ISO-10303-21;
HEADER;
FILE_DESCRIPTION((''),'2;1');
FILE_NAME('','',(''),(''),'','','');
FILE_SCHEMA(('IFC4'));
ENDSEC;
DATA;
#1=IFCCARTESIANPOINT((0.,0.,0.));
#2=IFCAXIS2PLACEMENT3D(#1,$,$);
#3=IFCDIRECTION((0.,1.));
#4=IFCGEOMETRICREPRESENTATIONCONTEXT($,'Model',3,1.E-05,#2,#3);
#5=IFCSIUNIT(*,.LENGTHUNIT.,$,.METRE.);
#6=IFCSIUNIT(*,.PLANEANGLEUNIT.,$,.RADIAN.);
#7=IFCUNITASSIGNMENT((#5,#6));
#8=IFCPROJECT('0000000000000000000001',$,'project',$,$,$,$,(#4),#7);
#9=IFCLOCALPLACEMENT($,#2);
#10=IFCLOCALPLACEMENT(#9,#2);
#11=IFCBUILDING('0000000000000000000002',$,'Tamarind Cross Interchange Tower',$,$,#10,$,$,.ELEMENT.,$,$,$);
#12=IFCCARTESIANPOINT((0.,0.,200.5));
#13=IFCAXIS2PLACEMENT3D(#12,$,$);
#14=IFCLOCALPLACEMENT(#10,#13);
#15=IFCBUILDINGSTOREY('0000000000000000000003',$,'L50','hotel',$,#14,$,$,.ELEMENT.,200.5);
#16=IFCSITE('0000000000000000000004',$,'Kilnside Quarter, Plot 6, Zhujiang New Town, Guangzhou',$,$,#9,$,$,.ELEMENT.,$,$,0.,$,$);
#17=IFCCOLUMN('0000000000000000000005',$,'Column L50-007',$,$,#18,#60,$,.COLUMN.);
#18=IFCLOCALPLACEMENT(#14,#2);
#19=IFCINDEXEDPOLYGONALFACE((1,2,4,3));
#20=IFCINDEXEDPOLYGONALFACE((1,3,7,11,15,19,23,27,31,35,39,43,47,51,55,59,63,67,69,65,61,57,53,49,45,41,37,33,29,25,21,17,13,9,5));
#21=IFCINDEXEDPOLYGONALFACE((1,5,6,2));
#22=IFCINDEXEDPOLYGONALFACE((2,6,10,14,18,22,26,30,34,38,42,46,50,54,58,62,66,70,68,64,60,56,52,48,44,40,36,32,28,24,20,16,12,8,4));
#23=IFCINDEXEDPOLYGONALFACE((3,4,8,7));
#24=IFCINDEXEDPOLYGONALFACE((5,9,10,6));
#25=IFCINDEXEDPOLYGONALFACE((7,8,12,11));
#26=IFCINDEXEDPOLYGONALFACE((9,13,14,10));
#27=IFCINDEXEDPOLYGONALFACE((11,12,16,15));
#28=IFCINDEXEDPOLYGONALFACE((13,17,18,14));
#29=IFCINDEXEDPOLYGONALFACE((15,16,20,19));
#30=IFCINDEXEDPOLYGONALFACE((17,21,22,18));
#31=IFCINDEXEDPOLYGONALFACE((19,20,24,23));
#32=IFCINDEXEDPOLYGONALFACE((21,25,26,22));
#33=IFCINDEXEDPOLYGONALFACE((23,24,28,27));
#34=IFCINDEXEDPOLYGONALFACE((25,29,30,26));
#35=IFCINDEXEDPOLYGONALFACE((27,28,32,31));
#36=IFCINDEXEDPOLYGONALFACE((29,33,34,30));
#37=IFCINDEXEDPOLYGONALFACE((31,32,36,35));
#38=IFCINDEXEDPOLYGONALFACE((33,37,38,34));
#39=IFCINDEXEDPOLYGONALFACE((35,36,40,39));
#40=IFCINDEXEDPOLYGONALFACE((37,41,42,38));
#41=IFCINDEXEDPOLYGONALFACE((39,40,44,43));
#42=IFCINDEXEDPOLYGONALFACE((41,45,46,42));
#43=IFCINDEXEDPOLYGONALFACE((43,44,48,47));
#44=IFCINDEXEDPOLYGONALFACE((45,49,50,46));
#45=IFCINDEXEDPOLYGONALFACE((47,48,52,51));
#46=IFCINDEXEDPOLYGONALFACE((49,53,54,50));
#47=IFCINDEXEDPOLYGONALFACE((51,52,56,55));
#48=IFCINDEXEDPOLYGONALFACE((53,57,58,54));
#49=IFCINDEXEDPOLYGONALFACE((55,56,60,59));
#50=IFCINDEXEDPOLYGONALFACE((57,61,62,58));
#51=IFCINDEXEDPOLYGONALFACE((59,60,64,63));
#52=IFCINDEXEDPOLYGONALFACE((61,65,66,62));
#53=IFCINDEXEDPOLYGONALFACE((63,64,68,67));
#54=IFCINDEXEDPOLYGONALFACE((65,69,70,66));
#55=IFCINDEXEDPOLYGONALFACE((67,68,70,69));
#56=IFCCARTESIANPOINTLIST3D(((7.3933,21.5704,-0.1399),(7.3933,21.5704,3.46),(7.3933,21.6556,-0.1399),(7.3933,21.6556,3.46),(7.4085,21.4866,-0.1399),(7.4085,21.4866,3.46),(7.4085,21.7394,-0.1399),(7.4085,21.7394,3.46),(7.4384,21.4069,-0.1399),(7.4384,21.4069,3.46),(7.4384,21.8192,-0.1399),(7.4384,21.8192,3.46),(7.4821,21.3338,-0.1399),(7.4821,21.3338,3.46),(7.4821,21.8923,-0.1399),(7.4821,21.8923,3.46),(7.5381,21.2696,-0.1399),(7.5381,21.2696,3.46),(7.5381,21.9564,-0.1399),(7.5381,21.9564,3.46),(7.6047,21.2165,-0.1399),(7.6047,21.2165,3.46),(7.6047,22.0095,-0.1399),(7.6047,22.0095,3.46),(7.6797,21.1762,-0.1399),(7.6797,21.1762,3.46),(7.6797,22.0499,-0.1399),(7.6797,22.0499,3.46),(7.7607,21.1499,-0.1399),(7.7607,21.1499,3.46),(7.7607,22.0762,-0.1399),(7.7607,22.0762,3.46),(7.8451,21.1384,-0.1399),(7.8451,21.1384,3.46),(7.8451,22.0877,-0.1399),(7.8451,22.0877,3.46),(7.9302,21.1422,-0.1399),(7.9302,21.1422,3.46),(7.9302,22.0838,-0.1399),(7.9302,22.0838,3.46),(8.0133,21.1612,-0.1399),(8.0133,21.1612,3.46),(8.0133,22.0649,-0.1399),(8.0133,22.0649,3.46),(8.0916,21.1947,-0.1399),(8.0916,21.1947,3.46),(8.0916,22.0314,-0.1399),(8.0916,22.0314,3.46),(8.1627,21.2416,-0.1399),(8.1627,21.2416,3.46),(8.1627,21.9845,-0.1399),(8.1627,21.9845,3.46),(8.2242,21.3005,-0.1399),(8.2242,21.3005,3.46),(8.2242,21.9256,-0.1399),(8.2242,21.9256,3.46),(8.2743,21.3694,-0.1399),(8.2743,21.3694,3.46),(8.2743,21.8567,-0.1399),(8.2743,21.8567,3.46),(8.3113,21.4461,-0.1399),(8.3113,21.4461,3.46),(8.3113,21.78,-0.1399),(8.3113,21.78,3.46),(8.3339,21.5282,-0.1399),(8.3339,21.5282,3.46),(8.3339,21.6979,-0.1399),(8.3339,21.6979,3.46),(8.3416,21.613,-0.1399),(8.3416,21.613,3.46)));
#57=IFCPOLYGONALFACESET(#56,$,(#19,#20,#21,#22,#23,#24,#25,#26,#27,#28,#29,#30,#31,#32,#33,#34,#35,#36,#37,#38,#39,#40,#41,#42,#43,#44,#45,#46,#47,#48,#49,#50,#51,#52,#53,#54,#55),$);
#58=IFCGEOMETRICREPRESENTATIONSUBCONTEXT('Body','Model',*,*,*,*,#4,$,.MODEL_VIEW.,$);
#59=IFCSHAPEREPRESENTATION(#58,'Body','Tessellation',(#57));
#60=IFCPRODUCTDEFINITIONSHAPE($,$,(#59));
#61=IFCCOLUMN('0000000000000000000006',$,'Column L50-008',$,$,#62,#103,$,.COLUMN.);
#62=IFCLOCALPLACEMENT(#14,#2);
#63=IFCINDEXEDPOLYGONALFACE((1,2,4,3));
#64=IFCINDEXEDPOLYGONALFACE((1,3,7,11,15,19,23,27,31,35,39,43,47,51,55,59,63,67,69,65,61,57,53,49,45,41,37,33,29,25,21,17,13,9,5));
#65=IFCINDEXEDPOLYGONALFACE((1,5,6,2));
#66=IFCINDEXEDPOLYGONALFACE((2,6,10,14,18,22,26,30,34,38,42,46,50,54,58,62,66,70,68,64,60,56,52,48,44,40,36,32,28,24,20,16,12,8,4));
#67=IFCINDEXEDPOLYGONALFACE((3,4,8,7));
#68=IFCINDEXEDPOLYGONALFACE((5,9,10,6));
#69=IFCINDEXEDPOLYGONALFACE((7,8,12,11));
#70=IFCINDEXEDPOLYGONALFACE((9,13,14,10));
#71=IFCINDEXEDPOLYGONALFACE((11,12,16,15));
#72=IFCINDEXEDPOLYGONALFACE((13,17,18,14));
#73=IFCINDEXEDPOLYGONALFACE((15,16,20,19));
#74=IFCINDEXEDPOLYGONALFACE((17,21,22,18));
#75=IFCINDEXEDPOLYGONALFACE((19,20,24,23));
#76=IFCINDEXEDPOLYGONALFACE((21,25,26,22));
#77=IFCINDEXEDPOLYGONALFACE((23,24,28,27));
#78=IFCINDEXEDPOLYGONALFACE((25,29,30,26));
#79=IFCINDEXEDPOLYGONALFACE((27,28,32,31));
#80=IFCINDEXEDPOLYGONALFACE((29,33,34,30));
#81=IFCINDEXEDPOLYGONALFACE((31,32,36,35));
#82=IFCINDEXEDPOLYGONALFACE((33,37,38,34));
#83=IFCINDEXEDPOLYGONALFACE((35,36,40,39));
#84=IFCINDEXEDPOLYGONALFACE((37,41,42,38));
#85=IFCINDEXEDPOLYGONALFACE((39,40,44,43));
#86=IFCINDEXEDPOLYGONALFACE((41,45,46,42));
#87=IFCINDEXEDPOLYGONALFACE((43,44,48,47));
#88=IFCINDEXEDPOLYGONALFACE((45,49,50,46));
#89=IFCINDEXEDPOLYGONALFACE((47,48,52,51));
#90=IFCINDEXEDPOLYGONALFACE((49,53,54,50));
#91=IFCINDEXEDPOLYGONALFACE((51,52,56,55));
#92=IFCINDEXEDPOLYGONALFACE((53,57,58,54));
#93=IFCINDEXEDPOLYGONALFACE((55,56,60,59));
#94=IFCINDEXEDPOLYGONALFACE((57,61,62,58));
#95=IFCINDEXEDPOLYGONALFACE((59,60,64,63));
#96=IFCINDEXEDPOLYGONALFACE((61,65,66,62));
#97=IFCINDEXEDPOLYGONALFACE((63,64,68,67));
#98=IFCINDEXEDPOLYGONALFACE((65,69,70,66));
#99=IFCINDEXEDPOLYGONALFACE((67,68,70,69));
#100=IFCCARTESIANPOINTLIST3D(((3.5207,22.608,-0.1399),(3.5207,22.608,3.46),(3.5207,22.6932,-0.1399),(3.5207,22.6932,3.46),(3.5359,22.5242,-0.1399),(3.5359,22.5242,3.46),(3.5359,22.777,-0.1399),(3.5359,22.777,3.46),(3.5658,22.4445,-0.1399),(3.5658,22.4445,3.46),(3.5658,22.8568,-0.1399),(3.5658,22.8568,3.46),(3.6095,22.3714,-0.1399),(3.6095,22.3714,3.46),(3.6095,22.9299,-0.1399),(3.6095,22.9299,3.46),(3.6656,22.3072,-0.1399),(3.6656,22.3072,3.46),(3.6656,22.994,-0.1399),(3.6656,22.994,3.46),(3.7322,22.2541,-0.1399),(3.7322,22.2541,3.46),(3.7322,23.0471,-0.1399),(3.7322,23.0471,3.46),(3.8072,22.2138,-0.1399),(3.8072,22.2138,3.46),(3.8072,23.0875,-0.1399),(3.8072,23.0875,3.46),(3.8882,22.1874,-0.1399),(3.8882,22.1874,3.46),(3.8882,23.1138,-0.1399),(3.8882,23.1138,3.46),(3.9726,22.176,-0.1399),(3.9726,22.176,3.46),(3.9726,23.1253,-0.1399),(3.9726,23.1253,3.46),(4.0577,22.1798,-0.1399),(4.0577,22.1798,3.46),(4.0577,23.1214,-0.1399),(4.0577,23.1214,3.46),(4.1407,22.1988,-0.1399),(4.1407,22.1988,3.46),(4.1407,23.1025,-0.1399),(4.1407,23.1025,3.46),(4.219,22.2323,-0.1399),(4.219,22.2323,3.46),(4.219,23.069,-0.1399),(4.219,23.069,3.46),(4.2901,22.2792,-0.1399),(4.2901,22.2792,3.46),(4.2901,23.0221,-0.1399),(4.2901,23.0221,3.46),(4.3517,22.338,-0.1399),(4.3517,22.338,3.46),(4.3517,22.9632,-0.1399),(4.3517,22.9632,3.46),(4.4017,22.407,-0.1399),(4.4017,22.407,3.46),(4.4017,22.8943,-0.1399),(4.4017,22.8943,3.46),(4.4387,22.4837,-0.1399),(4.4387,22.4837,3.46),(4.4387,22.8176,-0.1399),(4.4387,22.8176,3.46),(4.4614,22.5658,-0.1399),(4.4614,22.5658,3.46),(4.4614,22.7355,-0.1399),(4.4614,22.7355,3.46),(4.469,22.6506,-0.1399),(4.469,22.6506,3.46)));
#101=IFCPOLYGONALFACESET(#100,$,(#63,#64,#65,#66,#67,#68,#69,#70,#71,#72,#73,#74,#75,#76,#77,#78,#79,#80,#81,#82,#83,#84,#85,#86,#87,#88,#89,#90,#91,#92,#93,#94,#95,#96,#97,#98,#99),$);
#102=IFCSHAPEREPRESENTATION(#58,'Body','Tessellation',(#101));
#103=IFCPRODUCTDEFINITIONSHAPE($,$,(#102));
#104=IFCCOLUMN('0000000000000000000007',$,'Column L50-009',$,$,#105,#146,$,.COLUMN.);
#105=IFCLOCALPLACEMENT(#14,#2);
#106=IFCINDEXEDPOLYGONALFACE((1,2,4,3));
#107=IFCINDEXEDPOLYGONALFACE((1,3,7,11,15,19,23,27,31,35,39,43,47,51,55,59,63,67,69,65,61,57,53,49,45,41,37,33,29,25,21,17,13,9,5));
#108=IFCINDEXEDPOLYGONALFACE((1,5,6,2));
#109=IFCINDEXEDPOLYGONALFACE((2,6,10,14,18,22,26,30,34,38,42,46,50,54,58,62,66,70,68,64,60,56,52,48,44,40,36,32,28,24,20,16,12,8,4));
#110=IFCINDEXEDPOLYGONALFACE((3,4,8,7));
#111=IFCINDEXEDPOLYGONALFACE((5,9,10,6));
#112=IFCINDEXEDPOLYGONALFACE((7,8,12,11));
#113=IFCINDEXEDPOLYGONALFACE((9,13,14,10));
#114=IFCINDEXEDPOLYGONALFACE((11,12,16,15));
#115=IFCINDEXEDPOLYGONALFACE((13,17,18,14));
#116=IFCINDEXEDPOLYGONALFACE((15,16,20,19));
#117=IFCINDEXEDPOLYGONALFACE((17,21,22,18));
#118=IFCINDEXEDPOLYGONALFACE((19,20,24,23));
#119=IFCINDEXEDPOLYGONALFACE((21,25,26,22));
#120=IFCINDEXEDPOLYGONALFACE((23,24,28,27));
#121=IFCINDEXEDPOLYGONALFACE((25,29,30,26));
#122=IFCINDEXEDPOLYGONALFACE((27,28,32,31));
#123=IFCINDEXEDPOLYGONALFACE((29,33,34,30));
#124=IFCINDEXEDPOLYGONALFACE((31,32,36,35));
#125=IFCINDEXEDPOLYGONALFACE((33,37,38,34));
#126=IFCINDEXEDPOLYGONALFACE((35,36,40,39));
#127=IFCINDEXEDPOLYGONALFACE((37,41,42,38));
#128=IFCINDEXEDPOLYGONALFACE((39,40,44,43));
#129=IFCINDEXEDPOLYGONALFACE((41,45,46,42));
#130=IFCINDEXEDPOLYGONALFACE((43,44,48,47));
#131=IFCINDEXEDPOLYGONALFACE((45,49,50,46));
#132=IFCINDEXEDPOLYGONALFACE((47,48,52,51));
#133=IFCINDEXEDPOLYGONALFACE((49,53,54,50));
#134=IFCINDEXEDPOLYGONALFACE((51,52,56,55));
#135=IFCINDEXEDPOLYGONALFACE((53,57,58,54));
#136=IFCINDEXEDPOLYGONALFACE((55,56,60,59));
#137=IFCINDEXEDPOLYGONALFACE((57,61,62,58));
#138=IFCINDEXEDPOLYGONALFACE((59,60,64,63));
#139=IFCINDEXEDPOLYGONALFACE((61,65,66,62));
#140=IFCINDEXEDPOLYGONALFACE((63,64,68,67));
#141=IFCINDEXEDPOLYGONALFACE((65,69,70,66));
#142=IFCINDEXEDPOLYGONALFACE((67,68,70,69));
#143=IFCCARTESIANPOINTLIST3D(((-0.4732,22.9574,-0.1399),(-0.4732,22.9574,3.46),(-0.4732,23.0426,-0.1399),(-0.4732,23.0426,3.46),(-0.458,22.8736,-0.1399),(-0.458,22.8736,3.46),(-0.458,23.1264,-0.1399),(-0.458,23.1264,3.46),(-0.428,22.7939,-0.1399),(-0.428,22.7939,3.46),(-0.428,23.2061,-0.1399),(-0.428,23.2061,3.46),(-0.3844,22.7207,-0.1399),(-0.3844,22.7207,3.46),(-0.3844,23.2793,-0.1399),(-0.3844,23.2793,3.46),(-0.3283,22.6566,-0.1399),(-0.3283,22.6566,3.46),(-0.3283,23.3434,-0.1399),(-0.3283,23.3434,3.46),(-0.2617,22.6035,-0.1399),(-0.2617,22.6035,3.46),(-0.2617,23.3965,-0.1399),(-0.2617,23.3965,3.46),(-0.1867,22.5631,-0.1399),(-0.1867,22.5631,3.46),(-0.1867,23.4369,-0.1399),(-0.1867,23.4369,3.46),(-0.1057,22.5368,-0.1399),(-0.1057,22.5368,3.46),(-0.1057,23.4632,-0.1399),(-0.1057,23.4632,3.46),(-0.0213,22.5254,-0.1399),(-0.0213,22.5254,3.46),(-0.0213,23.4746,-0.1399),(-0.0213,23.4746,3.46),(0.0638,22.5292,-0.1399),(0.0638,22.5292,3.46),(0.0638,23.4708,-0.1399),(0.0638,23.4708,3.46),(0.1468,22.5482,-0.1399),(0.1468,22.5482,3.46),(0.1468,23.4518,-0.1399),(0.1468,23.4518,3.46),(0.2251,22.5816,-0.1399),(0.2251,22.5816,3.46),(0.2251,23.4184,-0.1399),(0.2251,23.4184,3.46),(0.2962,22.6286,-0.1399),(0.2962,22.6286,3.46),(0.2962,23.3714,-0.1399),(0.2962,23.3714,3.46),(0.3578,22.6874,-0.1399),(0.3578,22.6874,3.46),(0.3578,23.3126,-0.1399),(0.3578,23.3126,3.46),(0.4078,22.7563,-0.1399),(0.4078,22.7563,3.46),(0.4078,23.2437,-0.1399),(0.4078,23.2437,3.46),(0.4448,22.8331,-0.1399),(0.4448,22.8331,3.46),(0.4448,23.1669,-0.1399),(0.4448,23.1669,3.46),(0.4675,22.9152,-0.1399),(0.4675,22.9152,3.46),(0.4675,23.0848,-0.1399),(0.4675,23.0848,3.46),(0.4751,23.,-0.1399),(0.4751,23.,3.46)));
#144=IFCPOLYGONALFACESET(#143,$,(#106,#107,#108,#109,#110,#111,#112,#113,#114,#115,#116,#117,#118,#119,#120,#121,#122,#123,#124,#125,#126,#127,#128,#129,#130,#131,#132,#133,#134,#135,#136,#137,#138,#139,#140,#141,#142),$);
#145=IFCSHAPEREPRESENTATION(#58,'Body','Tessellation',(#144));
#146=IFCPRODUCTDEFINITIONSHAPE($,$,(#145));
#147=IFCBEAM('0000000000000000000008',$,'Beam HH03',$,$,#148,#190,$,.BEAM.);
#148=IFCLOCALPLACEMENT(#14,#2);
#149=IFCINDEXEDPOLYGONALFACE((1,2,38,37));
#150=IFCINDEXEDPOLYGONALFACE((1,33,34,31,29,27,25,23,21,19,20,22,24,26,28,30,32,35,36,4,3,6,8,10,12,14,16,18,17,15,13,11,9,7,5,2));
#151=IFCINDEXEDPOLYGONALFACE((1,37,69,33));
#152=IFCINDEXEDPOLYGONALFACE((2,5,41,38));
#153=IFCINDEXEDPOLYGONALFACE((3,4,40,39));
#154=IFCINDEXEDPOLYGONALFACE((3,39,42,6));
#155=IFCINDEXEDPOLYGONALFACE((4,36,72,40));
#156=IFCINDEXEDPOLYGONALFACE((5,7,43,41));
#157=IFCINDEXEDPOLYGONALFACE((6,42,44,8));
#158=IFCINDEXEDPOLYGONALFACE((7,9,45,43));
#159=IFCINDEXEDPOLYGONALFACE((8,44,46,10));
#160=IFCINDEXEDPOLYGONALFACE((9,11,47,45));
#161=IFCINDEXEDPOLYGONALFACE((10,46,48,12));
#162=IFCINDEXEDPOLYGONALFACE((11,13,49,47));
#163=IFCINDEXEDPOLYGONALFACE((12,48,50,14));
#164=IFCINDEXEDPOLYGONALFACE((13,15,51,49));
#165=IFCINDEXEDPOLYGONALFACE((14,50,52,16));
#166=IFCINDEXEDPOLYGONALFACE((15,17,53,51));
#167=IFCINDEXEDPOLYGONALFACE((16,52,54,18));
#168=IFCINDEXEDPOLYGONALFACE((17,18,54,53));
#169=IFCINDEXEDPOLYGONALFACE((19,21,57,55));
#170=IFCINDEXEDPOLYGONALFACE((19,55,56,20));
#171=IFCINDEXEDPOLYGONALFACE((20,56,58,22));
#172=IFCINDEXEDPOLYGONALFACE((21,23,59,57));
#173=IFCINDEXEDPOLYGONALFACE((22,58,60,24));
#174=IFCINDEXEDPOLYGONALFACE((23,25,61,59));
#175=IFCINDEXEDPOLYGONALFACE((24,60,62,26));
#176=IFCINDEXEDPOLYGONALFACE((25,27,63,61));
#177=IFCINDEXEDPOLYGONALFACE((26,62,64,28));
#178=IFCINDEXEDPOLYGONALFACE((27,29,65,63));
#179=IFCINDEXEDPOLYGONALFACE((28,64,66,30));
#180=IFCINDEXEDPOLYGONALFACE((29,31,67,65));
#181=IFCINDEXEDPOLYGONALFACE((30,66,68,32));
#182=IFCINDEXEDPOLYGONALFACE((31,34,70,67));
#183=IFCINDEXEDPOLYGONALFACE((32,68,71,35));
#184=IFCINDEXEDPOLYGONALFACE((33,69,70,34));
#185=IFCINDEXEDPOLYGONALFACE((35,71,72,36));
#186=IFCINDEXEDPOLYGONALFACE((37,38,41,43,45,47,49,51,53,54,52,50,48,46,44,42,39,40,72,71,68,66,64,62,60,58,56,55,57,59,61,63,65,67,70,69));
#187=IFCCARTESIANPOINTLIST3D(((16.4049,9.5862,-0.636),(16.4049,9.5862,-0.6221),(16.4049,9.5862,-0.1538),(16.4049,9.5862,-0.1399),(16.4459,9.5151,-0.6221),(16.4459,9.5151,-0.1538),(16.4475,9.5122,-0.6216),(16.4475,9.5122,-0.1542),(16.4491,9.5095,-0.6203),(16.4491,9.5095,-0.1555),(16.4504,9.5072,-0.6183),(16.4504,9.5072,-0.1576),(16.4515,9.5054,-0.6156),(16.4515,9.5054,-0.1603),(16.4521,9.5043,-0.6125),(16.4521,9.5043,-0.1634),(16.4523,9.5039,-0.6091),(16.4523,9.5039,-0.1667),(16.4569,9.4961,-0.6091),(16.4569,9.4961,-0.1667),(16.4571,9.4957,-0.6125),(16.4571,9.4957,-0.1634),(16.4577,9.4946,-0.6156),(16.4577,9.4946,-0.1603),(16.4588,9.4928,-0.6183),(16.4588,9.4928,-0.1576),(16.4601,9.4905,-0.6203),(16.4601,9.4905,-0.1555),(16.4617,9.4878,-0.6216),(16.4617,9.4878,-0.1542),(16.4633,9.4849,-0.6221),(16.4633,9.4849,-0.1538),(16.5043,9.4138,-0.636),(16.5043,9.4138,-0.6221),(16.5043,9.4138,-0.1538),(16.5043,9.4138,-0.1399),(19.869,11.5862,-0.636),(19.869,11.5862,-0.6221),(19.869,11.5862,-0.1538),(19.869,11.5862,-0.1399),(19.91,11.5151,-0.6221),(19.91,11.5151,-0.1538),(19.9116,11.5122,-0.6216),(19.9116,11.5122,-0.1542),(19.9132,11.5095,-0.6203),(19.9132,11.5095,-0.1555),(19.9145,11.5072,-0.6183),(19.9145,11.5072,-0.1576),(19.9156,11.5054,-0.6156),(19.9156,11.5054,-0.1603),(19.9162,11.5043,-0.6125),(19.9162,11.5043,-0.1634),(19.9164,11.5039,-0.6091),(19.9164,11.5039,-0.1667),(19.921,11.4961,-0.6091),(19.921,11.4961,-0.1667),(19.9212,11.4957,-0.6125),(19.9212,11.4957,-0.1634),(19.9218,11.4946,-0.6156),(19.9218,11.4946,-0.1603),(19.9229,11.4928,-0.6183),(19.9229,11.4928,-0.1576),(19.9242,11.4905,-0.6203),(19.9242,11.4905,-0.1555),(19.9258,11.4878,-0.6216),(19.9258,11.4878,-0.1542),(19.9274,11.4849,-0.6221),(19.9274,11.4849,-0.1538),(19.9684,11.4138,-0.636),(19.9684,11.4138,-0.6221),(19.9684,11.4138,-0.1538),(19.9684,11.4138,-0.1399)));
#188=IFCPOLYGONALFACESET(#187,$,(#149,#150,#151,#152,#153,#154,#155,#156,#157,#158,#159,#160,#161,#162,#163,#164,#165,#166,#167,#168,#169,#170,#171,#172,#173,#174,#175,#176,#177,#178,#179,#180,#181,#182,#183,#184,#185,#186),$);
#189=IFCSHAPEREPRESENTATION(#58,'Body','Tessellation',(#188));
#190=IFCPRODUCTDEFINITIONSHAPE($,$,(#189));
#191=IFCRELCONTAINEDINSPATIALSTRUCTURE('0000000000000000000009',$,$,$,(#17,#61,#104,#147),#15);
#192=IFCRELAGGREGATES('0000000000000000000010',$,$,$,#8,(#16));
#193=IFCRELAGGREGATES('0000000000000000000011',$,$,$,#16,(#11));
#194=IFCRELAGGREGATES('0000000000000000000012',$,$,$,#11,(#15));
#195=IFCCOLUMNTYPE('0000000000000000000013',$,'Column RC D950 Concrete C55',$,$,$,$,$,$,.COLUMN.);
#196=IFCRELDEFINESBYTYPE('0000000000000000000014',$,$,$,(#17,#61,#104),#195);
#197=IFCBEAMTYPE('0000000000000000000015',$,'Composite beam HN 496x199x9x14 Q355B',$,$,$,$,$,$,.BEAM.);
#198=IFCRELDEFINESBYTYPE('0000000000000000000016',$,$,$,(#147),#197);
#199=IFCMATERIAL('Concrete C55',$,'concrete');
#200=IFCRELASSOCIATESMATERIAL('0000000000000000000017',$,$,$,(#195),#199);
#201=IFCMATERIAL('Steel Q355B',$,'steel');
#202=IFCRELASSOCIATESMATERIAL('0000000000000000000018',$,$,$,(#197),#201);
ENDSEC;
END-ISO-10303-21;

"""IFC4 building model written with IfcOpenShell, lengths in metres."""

from ifc_helpers import new_model, si_unit, direction, frame, origin, origin_2d, place, context, subcontext, project, spatial, circle, i_section, extrude, material, material_profile, profile_set, type_object, element, save


model = new_model("IFC4")

# Units and contexts
model_context = context("Model", 3, precision=1e-05, world=origin(), true_north=direction((0.0, 1.0)))
body_context = subcontext(model_context, "Body", "Model", "MODEL_VIEW")
ifc_project = project(units=[si_unit("LENGTHUNIT", "METRE"), si_unit("PLANEANGLEUNIT", "RADIAN")], contexts=[model_context])

# Site, building, storey
site_placement = place(None, origin())
site = spatial("IfcSite", under=ifc_project, at=site_placement, Name="Kilnside Quarter, Plot 6, Zhujiang New Town, Guangzhou", CompositionType="ELEMENT", RefElevation=0.0)
building_placement = place(site_placement, origin())
building = spatial("IfcBuilding", under=site, at=building_placement, Name="Tamarind Cross Interchange Tower", CompositionType="ELEMENT")
storey_placement = place(building_placement, frame((0.0, 0.0, 200.5)))
storey = spatial("IfcBuildingStorey", under=building, at=storey_placement, Name="L50", Description="hotel", CompositionType="ELEMENT", Elevation=200.5)

# Columns
ifc_material_1 = material(Name="Concrete C55", Category="concrete")
ifc_material_profile_1 = material_profile(ifc_material_1, circle(Radius=0.4751, at=origin_2d()), Name="RC D950")
ifc_profile_set_1 = profile_set([ifc_material_profile_1], Name="Concrete C55")
column_type = type_object("IfcColumnType", Name="Column RC D950 Concrete C55", PredefinedType="COLUMN", material=ifc_profile_set_1)
for number, where, z_axis, x_axis, name in (
    (1, (7.8665, 21.613, -0.1399), (0.0, 0.0, 1.0), (1.0, 0.0, 0.0), "Column L50-007"),
    (2, (3.9939, 22.6506, -0.1399), (0.0, 0.0, 1.0), (1.0, 0.0, 0.0), "Column L50-008"),
    (3, (0.0, 23.0, -0.1399), (0.0, 0.0, 1.0), (1.0, 0.0, 0.0), "Column L50-009"),
):
    element("IfcColumn", number, at=place(storey_placement, frame(where, z_axis=z_axis, x_axis=x_axis)), inside=storey, type_object=column_type, Name=name, PredefinedType="COLUMN", context=body_context, shape_type="SweptSolid", body=[
        extrude(circle(Radius=0.4751, at=origin_2d()), origin(), (0.0, 0.0, 1.0), 3.5999),
    ])

# Beam
ifc_material_2 = material(Name="Steel Q355B", Category="steel")
ifc_material_profile_2 = material_profile(ifc_material_2, i_section(OverallWidth=0.199, OverallDepth=0.4961, WebThickness=0.009, FlangeThickness=0.0139, FilletRadius=0.0129, at=origin_2d()), Name="HN 496x199x9x14")
ifc_profile_set_2 = profile_set([ifc_material_profile_2], Name="Steel Q355B")
beam_type = type_object("IfcBeamType", Name="Composite beam HN 496x199x9x14 Q355B", PredefinedType="BEAM", material=ifc_profile_set_2)
beam_1_placement = place(storey_placement, frame((19.9187, 11.5, -0.3879), z_axis=(-0.866026, -0.499999, 0.0), x_axis=(0.499999, -0.866026, 0.0)))
element("IfcBeam", 4, at=beam_1_placement, inside=storey, type_object=beam_type, Name="Beam HH03", PredefinedType="BEAM", context=body_context, shape_type="SweptSolid", body=[
    extrude(i_section(OverallWidth=0.199, OverallDepth=0.4961, WebThickness=0.009, FlangeThickness=0.0139, FilletRadius=0.0129, at=origin_2d()), origin(), (0.0, 0.0, 1.0), 4.0),
])

save(model, "model.ifc")
